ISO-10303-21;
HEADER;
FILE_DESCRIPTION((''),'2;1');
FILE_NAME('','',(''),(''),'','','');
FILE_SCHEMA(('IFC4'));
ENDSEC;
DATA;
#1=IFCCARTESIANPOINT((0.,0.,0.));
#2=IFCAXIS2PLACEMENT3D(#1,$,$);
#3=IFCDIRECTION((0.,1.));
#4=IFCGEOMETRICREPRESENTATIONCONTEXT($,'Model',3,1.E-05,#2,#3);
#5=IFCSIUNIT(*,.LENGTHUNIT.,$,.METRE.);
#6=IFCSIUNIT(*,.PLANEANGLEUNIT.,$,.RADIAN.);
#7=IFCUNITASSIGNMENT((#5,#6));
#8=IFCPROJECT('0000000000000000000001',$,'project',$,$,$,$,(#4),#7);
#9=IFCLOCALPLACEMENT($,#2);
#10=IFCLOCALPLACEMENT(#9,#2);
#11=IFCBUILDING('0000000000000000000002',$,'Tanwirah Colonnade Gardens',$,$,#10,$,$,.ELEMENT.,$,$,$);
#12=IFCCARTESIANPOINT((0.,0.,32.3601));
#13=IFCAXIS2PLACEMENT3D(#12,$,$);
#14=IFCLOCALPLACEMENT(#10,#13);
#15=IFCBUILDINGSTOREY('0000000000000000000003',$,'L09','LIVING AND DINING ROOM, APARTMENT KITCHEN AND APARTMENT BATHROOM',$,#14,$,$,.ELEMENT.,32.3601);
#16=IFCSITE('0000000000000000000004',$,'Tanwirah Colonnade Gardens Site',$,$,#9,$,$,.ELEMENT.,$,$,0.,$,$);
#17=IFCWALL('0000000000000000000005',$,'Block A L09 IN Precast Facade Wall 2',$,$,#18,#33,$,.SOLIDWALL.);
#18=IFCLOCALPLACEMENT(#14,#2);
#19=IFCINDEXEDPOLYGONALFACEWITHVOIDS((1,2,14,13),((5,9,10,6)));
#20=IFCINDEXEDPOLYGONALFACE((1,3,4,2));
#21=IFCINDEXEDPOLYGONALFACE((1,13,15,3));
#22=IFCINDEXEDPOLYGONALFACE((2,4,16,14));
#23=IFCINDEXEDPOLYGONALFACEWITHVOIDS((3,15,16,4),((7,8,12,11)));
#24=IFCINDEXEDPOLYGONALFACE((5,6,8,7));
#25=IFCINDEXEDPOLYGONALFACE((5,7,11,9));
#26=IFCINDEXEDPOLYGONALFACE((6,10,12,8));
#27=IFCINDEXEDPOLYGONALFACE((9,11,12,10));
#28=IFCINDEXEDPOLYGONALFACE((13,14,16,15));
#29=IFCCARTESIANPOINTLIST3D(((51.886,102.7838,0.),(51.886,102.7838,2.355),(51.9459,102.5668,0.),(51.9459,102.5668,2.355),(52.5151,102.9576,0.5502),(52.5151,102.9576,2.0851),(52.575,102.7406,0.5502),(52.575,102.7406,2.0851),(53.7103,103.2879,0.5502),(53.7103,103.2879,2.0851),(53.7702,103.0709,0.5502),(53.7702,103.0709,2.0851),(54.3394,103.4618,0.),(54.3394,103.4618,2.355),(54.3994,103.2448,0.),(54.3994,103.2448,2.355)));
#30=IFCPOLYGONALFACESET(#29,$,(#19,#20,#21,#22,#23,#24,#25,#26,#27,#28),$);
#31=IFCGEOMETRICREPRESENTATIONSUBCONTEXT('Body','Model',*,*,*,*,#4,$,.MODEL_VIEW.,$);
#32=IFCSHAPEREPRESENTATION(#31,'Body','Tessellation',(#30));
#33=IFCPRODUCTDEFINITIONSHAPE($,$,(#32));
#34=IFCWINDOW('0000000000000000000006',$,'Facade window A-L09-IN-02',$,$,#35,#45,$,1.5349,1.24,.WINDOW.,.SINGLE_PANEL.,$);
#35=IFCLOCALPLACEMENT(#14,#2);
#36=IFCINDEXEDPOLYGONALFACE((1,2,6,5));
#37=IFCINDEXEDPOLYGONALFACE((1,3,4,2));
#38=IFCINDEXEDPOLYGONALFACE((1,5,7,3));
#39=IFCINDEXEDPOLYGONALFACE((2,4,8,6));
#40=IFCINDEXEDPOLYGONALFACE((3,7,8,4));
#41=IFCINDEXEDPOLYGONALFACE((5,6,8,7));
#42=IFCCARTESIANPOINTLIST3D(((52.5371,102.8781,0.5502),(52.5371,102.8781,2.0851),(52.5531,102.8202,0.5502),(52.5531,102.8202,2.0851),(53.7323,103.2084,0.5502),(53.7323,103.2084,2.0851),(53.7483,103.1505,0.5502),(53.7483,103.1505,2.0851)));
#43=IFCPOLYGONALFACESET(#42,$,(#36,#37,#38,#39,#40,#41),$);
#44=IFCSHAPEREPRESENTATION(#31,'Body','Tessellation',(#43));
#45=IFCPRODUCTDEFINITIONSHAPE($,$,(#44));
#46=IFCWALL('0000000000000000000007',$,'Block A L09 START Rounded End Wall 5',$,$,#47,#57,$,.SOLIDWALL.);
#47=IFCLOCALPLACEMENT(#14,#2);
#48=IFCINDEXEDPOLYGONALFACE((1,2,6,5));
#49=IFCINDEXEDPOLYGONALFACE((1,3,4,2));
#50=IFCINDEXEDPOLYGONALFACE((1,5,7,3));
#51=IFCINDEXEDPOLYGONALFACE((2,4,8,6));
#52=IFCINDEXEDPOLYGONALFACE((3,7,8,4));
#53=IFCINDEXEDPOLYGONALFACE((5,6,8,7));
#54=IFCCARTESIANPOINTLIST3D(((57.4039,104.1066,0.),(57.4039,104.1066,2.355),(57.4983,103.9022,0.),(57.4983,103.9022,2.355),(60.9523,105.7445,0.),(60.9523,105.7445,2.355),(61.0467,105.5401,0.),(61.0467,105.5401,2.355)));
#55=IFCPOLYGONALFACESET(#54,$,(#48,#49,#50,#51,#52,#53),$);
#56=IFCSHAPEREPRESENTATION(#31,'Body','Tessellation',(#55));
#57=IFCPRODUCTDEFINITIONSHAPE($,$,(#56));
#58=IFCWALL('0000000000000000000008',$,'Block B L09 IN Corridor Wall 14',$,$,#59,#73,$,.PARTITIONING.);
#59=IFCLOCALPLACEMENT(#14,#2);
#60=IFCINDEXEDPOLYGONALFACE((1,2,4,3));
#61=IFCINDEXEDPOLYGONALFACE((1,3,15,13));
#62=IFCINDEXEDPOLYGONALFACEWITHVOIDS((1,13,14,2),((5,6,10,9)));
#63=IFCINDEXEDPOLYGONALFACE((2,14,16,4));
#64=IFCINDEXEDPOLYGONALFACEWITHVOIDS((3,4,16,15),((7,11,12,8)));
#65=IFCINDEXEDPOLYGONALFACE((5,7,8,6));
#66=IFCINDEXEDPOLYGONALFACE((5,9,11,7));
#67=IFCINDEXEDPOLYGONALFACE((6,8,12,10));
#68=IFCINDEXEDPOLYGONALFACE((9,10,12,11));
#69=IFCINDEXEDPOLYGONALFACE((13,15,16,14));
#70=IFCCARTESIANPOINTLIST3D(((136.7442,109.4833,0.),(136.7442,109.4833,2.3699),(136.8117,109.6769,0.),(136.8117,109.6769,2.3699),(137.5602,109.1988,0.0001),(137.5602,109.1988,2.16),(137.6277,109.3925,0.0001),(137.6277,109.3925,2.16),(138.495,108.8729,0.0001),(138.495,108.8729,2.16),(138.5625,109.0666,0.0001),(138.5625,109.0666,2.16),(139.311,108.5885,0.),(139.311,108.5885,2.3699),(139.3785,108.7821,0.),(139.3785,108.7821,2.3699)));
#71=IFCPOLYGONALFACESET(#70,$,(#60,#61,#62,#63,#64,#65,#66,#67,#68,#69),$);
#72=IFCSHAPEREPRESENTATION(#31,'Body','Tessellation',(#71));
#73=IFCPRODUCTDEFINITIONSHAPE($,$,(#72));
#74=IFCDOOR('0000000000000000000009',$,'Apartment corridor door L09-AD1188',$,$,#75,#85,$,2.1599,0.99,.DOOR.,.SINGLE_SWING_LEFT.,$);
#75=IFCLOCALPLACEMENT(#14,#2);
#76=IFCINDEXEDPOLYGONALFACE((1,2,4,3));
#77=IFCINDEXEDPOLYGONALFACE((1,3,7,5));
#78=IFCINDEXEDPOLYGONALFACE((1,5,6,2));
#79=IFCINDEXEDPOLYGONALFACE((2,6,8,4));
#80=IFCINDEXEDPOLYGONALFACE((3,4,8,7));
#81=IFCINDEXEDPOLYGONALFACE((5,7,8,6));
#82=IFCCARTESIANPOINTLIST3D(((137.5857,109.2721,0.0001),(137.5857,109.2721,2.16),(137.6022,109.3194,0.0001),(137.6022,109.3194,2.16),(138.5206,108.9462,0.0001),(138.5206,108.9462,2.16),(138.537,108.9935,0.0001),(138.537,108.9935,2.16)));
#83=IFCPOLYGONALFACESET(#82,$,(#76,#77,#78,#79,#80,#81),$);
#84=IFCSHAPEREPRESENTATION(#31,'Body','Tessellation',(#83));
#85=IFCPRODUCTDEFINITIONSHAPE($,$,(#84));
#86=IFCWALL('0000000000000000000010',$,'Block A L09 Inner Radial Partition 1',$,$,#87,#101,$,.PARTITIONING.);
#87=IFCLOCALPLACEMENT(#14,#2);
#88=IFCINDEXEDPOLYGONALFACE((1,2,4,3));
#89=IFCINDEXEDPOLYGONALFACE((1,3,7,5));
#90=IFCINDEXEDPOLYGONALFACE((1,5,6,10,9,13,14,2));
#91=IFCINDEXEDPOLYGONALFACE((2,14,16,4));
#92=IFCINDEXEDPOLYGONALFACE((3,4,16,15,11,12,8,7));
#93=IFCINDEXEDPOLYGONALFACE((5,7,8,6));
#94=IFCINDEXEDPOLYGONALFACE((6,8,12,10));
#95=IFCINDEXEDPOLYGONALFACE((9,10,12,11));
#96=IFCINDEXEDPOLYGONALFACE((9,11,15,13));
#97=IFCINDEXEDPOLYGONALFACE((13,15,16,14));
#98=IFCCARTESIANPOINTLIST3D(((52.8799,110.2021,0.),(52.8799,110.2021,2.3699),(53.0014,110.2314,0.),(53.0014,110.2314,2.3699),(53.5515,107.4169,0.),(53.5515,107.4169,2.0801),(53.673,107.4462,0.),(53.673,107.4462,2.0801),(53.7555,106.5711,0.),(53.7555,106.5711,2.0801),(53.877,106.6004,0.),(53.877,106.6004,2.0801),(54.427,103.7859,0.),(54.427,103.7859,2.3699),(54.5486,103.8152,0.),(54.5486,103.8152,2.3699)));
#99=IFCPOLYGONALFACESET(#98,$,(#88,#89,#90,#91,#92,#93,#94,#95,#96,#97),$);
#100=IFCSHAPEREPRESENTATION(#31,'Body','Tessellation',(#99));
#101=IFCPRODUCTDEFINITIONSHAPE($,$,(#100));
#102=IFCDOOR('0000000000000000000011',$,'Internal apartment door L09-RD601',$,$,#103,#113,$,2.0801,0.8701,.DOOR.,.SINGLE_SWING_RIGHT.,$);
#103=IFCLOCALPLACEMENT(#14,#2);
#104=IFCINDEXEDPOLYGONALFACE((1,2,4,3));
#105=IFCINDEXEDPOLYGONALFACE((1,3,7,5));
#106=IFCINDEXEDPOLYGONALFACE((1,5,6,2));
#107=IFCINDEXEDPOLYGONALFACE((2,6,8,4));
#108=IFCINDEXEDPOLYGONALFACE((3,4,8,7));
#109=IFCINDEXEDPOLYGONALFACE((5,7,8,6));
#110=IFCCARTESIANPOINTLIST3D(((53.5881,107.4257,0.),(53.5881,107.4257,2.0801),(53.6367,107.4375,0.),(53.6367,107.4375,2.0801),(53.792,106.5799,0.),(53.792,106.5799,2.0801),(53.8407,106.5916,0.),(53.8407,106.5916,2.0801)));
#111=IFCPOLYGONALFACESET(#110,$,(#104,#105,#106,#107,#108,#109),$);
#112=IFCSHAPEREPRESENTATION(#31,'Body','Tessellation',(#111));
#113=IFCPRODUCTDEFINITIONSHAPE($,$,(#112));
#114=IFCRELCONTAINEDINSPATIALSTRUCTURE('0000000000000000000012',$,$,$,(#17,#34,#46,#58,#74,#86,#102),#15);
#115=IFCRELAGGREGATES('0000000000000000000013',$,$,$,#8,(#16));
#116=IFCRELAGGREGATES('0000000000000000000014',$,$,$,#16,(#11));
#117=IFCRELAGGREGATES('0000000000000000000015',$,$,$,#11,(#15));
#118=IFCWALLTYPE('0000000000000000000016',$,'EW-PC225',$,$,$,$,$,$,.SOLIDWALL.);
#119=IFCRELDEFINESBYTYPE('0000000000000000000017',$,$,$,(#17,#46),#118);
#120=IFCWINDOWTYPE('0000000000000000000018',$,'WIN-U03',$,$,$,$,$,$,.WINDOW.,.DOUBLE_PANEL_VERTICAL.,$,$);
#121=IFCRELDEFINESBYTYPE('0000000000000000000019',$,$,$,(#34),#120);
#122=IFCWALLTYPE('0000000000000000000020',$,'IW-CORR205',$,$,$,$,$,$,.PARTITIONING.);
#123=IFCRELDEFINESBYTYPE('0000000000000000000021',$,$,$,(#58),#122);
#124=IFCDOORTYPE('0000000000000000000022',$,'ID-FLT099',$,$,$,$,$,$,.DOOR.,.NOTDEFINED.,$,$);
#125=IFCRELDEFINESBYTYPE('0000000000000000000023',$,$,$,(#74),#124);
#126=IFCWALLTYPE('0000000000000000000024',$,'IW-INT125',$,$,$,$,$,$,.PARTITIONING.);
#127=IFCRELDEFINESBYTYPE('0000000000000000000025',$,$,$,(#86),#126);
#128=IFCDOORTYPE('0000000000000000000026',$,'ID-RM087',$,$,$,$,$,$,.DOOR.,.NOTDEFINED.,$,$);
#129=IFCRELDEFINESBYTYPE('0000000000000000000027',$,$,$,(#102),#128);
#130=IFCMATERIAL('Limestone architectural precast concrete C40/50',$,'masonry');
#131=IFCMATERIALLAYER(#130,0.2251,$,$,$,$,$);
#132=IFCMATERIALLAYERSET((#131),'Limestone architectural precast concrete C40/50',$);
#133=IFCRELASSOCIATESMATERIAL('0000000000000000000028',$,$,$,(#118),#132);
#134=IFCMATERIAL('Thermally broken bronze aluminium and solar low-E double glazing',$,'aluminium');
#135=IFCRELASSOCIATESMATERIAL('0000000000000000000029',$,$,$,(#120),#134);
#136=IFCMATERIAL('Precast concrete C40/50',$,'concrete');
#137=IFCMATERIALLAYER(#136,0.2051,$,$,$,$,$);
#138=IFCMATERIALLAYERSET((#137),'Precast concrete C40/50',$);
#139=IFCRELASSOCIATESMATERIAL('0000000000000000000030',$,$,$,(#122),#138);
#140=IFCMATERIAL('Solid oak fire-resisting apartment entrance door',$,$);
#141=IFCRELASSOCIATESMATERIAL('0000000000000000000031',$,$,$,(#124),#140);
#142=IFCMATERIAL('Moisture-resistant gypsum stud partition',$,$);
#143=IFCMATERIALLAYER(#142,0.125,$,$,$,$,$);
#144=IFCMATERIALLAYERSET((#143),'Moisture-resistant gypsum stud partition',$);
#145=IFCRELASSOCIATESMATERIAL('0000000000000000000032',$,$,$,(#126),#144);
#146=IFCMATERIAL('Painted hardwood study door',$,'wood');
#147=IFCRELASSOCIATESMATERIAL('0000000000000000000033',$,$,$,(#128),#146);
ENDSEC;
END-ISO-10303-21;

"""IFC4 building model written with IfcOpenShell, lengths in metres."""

from ifc_helpers import new_model, si_unit, direction, frame, frame_2d, origin, place, context, subcontext, project, spatial, rectangle, extrude, material, layer, layer_set, type_object, element, fill, save


model = new_model("IFC4")

# Units and contexts
model_context = context("Model", 3, precision=1e-05, world=origin(), true_north=direction((0.0, 1.0)))
body_context = subcontext(model_context, "Body", "Model", "MODEL_VIEW")
ifc_project = project(units=[si_unit("LENGTHUNIT", "METRE"), si_unit("PLANEANGLEUNIT", "RADIAN")], contexts=[model_context])

# Site, building, storey
site_placement = place(None, origin())
site = spatial("IfcSite", under=ifc_project, at=site_placement, Name="Tanwirah Colonnade Gardens Site", CompositionType="ELEMENT", RefElevation=0.0)
building_placement = place(site_placement, origin())
building = spatial("IfcBuilding", under=site, at=building_placement, Name="Tanwirah Colonnade Gardens", CompositionType="ELEMENT")
storey_placement = place(building_placement, frame((0.0, 0.0, 32.3601)))
storey = spatial("IfcBuildingStorey", under=building, at=storey_placement, Name="L09", Description="LIVING AND DINING ROOM, APARTMENT KITCHEN AND APARTMENT BATHROOM", CompositionType="ELEMENT", Elevation=32.3601)

# Shared definitions
ifc_material_1 = material(Name="Precast concrete C40/50", Category="concrete")

# Shared definitions
ifc_material_2 = material(Name="Limestone architectural precast concrete C40/50", Category="masonry")

# Wall, opening, window
ifc_layer_1 = layer(ifc_material_2, 0.2251)
ifc_layer_set_1 = layer_set([ifc_layer_1], Name="Limestone architectural precast concrete C40/50")
wall_type_1 = type_object("IfcWallType", Name="EW-PC225", PredefinedType="SOLIDWALL", material=ifc_layer_set_1)
ifc_material_3 = material(Name="Thermally broken bronze aluminium and solar low-E double glazing", Category="aluminium")
wall_1_placement = place(storey_placement, frame((54.3694, 103.3533, 0.0), z_axis=(0.0, 0.0, 1.0), x_axis=(-0.963873, -0.266362, 0.0)))
wall_1 = element("IfcWall", 1, at=wall_1_placement, inside=storey, type_object=wall_type_1, Name="Block A L09 IN Precast Facade Wall 2", PredefinedType="SOLIDWALL", context=body_context, shape_type="SweptSolid", body=[
    extrude(rectangle(XDim=2.5454, YDim=0.2251, at=frame_2d((1.2727, 0.0))), origin(), (0.0, 0.0, 1.0), 2.355),
])
opening_1_placement = place(wall_1_placement, frame((0.6526, 0.0, 0.55)))
opening_1 = element("IfcOpeningElement", 2, at=opening_1_placement, cuts=wall_1, PredefinedType="OPENING", context=body_context, shape_type="SweptSolid", body=[
    extrude(rectangle(XDim=1.24, YDim=1.5349, at=frame_2d((0.6201, 0.7676))), frame((0.0, 0.1226, 0.0), z_axis=(0.0, -1.0, 0.0), x_axis=(1.0, 0.0, 0.0)), (0.0, 0.0, 1.0), 0.2451),
])
window_type_1 = type_object("IfcWindowType", Name="WIN-U03", PartitioningType="DOUBLE_PANEL_VERTICAL", PredefinedType="WINDOW", material=ifc_material_3)
window_1_placement = place(opening_1_placement, origin())
window_1 = element("IfcWindow", 3, at=window_1_placement, inside=storey, type_object=window_type_1, Name="Facade window A-L09-IN-02", OverallHeight=1.5349, OverallWidth=1.24, PartitioningType="SINGLE_PANEL", PredefinedType="WINDOW", context=body_context, shape_type="SweptSolid", body=[
    extrude(rectangle(XDim=1.24, YDim=1.5349, at=frame_2d((0.6201, 0.7676))), frame((0.0, 0.03, 0.0), z_axis=(0.0, -1.0, 0.0), x_axis=(1.0, 0.0, 0.0)), (0.0, 0.0, 1.0), 0.0601),
])
fill(opening_1, window_1)

# Wall
wall_2_placement = place(storey_placement, frame((60.9995, 105.6423, 0.0), z_axis=(0.0, 0.0, 1.0), x_axis=(-0.907936, -0.41911, 0.0)))
element("IfcWall", 4, at=wall_2_placement, inside=storey, type_object=wall_type_1, Name="Block A L09 START Rounded End Wall 5", PredefinedType="SOLIDWALL", context=body_context, shape_type="SweptSolid", body=[
    extrude(rectangle(XDim=3.9082, YDim=0.2251, at=frame_2d((1.9541, 0.0))), origin(), (0.0, 0.0, 1.0), 2.355),
])

# Walls, openings, doors
ifc_layer_2 = layer(ifc_material_1, 0.2051)
ifc_layer_set_2 = layer_set([ifc_layer_2], Name="Precast concrete C40/50")
wall_type_2 = type_object("IfcWallType", Name="IW-CORR205", PredefinedType="PARTITIONING", material=ifc_layer_set_2)
wall_3_placement = place(storey_placement, frame((139.3447, 108.6853, 0.0), z_axis=(0.0, 0.0, 1.0), x_axis=(-0.944265, 0.329186, 0.0)))
wall_3 = element("IfcWall", 5, at=wall_3_placement, inside=storey, type_object=wall_type_2, Name="Block B L09 IN Corridor Wall 14", PredefinedType="PARTITIONING", context=body_context, shape_type="SweptSolid", body=[
    extrude(rectangle(XDim=2.7183, YDim=0.2051, at=frame_2d((1.3591, 0.0))), origin(), (0.0, 0.0, 1.0), 2.3699),
])
opening_2_placement = place(wall_3_placement, frame((0.864, 0.0, 0.0)))
opening_2 = element("IfcOpeningElement", 6, at=opening_2_placement, cuts=wall_3, PredefinedType="OPENING", context=body_context, shape_type="SweptSolid", body=[
    extrude(rectangle(XDim=0.99, YDim=2.1599, at=frame_2d((0.4951, 1.0801))), frame((0.0, 0.1125, 0.0), z_axis=(0.0, -1.0, 0.0), x_axis=(1.0, 0.0, 0.0)), (0.0, 0.0, 1.0), 0.2251),
])
ifc_material_4 = material(Name="Solid oak fire-resisting apartment entrance door")
door_type_1 = type_object("IfcDoorType", Name="ID-FLT099", OperationType="NOTDEFINED", PredefinedType="DOOR", material=ifc_material_4)
door_1_placement = place(opening_2_placement, origin())
door_1 = element("IfcDoor", 7, at=door_1_placement, inside=storey, type_object=door_type_1, Name="Apartment corridor door L09-AD1188", OperationType="SINGLE_SWING_LEFT", OverallHeight=2.1599, OverallWidth=0.99, PredefinedType="DOOR", context=body_context, shape_type="SweptSolid", body=[
    extrude(rectangle(XDim=0.99, YDim=2.1599, at=frame_2d((0.4951, 1.0801))), frame((0.0, 0.0249, 0.0), z_axis=(0.0, -1.0, 0.0), x_axis=(1.0, 0.0, 0.0)), (0.0, 0.0, 1.0), 0.05),
])
fill(opening_2, door_1)
ifc_material_5 = material(Name="Moisture-resistant gypsum stud partition")
ifc_layer_3 = layer(ifc_material_5, 0.125)
ifc_layer_set_3 = layer_set([ifc_layer_3], Name="Moisture-resistant gypsum stud partition")
wall_type_3 = type_object("IfcWallType", Name="IW-INT125", PredefinedType="PARTITIONING", material=ifc_layer_set_3)
wall_4_placement = place(storey_placement, frame((54.4878, 103.8005, 0.0), z_axis=(0.0, 0.0, 1.0), x_axis=(-0.234407, 0.972139, 0.0)))
wall_4 = element("IfcWall", 8, at=wall_4_placement, inside=storey, type_object=wall_type_3, Name="Block A L09 Inner Radial Partition 1", PredefinedType="PARTITIONING", context=body_context, shape_type="SweptSolid", body=[
    extrude(rectangle(XDim=6.6001, YDim=0.125, at=frame_2d((3.3, 0.0))), origin(), (0.0, 0.0, 1.0), 2.3699),
])
opening_3_placement = place(wall_4_placement, frame((2.865, 0.0, 0.0)))
opening_3 = element("IfcOpeningElement", 9, at=opening_3_placement, cuts=wall_4, PredefinedType="OPENING", context=body_context, shape_type="SweptSolid", body=[
    extrude(rectangle(XDim=0.8701, YDim=2.0801, at=frame_2d((0.4351, 1.04))), frame((0.0, 0.0725, 0.0), z_axis=(0.0, -1.0, 0.0), x_axis=(1.0, 0.0, 0.0)), (0.0, 0.0, 1.0), 0.145),
])
ifc_material_6 = material(Name="Painted hardwood study door", Category="wood")
door_type_2 = type_object("IfcDoorType", Name="ID-RM087", OperationType="NOTDEFINED", PredefinedType="DOOR", material=ifc_material_6)
door_2_placement = place(opening_3_placement, origin())
door_2 = element("IfcDoor", 10, at=door_2_placement, inside=storey, type_object=door_type_2, Name="Internal apartment door L09-RD601", OperationType="SINGLE_SWING_RIGHT", OverallHeight=2.0801, OverallWidth=0.8701, PredefinedType="DOOR", context=body_context, shape_type="SweptSolid", body=[
    extrude(rectangle(XDim=0.8701, YDim=2.0801, at=frame_2d((0.4351, 1.04))), frame((0.0, 0.0249, 0.0), z_axis=(0.0, -1.0, 0.0), x_axis=(1.0, 0.0, 0.0)), (0.0, 0.0, 1.0), 0.05),
])
fill(opening_3, door_2)

save(model, "model.ifc")
